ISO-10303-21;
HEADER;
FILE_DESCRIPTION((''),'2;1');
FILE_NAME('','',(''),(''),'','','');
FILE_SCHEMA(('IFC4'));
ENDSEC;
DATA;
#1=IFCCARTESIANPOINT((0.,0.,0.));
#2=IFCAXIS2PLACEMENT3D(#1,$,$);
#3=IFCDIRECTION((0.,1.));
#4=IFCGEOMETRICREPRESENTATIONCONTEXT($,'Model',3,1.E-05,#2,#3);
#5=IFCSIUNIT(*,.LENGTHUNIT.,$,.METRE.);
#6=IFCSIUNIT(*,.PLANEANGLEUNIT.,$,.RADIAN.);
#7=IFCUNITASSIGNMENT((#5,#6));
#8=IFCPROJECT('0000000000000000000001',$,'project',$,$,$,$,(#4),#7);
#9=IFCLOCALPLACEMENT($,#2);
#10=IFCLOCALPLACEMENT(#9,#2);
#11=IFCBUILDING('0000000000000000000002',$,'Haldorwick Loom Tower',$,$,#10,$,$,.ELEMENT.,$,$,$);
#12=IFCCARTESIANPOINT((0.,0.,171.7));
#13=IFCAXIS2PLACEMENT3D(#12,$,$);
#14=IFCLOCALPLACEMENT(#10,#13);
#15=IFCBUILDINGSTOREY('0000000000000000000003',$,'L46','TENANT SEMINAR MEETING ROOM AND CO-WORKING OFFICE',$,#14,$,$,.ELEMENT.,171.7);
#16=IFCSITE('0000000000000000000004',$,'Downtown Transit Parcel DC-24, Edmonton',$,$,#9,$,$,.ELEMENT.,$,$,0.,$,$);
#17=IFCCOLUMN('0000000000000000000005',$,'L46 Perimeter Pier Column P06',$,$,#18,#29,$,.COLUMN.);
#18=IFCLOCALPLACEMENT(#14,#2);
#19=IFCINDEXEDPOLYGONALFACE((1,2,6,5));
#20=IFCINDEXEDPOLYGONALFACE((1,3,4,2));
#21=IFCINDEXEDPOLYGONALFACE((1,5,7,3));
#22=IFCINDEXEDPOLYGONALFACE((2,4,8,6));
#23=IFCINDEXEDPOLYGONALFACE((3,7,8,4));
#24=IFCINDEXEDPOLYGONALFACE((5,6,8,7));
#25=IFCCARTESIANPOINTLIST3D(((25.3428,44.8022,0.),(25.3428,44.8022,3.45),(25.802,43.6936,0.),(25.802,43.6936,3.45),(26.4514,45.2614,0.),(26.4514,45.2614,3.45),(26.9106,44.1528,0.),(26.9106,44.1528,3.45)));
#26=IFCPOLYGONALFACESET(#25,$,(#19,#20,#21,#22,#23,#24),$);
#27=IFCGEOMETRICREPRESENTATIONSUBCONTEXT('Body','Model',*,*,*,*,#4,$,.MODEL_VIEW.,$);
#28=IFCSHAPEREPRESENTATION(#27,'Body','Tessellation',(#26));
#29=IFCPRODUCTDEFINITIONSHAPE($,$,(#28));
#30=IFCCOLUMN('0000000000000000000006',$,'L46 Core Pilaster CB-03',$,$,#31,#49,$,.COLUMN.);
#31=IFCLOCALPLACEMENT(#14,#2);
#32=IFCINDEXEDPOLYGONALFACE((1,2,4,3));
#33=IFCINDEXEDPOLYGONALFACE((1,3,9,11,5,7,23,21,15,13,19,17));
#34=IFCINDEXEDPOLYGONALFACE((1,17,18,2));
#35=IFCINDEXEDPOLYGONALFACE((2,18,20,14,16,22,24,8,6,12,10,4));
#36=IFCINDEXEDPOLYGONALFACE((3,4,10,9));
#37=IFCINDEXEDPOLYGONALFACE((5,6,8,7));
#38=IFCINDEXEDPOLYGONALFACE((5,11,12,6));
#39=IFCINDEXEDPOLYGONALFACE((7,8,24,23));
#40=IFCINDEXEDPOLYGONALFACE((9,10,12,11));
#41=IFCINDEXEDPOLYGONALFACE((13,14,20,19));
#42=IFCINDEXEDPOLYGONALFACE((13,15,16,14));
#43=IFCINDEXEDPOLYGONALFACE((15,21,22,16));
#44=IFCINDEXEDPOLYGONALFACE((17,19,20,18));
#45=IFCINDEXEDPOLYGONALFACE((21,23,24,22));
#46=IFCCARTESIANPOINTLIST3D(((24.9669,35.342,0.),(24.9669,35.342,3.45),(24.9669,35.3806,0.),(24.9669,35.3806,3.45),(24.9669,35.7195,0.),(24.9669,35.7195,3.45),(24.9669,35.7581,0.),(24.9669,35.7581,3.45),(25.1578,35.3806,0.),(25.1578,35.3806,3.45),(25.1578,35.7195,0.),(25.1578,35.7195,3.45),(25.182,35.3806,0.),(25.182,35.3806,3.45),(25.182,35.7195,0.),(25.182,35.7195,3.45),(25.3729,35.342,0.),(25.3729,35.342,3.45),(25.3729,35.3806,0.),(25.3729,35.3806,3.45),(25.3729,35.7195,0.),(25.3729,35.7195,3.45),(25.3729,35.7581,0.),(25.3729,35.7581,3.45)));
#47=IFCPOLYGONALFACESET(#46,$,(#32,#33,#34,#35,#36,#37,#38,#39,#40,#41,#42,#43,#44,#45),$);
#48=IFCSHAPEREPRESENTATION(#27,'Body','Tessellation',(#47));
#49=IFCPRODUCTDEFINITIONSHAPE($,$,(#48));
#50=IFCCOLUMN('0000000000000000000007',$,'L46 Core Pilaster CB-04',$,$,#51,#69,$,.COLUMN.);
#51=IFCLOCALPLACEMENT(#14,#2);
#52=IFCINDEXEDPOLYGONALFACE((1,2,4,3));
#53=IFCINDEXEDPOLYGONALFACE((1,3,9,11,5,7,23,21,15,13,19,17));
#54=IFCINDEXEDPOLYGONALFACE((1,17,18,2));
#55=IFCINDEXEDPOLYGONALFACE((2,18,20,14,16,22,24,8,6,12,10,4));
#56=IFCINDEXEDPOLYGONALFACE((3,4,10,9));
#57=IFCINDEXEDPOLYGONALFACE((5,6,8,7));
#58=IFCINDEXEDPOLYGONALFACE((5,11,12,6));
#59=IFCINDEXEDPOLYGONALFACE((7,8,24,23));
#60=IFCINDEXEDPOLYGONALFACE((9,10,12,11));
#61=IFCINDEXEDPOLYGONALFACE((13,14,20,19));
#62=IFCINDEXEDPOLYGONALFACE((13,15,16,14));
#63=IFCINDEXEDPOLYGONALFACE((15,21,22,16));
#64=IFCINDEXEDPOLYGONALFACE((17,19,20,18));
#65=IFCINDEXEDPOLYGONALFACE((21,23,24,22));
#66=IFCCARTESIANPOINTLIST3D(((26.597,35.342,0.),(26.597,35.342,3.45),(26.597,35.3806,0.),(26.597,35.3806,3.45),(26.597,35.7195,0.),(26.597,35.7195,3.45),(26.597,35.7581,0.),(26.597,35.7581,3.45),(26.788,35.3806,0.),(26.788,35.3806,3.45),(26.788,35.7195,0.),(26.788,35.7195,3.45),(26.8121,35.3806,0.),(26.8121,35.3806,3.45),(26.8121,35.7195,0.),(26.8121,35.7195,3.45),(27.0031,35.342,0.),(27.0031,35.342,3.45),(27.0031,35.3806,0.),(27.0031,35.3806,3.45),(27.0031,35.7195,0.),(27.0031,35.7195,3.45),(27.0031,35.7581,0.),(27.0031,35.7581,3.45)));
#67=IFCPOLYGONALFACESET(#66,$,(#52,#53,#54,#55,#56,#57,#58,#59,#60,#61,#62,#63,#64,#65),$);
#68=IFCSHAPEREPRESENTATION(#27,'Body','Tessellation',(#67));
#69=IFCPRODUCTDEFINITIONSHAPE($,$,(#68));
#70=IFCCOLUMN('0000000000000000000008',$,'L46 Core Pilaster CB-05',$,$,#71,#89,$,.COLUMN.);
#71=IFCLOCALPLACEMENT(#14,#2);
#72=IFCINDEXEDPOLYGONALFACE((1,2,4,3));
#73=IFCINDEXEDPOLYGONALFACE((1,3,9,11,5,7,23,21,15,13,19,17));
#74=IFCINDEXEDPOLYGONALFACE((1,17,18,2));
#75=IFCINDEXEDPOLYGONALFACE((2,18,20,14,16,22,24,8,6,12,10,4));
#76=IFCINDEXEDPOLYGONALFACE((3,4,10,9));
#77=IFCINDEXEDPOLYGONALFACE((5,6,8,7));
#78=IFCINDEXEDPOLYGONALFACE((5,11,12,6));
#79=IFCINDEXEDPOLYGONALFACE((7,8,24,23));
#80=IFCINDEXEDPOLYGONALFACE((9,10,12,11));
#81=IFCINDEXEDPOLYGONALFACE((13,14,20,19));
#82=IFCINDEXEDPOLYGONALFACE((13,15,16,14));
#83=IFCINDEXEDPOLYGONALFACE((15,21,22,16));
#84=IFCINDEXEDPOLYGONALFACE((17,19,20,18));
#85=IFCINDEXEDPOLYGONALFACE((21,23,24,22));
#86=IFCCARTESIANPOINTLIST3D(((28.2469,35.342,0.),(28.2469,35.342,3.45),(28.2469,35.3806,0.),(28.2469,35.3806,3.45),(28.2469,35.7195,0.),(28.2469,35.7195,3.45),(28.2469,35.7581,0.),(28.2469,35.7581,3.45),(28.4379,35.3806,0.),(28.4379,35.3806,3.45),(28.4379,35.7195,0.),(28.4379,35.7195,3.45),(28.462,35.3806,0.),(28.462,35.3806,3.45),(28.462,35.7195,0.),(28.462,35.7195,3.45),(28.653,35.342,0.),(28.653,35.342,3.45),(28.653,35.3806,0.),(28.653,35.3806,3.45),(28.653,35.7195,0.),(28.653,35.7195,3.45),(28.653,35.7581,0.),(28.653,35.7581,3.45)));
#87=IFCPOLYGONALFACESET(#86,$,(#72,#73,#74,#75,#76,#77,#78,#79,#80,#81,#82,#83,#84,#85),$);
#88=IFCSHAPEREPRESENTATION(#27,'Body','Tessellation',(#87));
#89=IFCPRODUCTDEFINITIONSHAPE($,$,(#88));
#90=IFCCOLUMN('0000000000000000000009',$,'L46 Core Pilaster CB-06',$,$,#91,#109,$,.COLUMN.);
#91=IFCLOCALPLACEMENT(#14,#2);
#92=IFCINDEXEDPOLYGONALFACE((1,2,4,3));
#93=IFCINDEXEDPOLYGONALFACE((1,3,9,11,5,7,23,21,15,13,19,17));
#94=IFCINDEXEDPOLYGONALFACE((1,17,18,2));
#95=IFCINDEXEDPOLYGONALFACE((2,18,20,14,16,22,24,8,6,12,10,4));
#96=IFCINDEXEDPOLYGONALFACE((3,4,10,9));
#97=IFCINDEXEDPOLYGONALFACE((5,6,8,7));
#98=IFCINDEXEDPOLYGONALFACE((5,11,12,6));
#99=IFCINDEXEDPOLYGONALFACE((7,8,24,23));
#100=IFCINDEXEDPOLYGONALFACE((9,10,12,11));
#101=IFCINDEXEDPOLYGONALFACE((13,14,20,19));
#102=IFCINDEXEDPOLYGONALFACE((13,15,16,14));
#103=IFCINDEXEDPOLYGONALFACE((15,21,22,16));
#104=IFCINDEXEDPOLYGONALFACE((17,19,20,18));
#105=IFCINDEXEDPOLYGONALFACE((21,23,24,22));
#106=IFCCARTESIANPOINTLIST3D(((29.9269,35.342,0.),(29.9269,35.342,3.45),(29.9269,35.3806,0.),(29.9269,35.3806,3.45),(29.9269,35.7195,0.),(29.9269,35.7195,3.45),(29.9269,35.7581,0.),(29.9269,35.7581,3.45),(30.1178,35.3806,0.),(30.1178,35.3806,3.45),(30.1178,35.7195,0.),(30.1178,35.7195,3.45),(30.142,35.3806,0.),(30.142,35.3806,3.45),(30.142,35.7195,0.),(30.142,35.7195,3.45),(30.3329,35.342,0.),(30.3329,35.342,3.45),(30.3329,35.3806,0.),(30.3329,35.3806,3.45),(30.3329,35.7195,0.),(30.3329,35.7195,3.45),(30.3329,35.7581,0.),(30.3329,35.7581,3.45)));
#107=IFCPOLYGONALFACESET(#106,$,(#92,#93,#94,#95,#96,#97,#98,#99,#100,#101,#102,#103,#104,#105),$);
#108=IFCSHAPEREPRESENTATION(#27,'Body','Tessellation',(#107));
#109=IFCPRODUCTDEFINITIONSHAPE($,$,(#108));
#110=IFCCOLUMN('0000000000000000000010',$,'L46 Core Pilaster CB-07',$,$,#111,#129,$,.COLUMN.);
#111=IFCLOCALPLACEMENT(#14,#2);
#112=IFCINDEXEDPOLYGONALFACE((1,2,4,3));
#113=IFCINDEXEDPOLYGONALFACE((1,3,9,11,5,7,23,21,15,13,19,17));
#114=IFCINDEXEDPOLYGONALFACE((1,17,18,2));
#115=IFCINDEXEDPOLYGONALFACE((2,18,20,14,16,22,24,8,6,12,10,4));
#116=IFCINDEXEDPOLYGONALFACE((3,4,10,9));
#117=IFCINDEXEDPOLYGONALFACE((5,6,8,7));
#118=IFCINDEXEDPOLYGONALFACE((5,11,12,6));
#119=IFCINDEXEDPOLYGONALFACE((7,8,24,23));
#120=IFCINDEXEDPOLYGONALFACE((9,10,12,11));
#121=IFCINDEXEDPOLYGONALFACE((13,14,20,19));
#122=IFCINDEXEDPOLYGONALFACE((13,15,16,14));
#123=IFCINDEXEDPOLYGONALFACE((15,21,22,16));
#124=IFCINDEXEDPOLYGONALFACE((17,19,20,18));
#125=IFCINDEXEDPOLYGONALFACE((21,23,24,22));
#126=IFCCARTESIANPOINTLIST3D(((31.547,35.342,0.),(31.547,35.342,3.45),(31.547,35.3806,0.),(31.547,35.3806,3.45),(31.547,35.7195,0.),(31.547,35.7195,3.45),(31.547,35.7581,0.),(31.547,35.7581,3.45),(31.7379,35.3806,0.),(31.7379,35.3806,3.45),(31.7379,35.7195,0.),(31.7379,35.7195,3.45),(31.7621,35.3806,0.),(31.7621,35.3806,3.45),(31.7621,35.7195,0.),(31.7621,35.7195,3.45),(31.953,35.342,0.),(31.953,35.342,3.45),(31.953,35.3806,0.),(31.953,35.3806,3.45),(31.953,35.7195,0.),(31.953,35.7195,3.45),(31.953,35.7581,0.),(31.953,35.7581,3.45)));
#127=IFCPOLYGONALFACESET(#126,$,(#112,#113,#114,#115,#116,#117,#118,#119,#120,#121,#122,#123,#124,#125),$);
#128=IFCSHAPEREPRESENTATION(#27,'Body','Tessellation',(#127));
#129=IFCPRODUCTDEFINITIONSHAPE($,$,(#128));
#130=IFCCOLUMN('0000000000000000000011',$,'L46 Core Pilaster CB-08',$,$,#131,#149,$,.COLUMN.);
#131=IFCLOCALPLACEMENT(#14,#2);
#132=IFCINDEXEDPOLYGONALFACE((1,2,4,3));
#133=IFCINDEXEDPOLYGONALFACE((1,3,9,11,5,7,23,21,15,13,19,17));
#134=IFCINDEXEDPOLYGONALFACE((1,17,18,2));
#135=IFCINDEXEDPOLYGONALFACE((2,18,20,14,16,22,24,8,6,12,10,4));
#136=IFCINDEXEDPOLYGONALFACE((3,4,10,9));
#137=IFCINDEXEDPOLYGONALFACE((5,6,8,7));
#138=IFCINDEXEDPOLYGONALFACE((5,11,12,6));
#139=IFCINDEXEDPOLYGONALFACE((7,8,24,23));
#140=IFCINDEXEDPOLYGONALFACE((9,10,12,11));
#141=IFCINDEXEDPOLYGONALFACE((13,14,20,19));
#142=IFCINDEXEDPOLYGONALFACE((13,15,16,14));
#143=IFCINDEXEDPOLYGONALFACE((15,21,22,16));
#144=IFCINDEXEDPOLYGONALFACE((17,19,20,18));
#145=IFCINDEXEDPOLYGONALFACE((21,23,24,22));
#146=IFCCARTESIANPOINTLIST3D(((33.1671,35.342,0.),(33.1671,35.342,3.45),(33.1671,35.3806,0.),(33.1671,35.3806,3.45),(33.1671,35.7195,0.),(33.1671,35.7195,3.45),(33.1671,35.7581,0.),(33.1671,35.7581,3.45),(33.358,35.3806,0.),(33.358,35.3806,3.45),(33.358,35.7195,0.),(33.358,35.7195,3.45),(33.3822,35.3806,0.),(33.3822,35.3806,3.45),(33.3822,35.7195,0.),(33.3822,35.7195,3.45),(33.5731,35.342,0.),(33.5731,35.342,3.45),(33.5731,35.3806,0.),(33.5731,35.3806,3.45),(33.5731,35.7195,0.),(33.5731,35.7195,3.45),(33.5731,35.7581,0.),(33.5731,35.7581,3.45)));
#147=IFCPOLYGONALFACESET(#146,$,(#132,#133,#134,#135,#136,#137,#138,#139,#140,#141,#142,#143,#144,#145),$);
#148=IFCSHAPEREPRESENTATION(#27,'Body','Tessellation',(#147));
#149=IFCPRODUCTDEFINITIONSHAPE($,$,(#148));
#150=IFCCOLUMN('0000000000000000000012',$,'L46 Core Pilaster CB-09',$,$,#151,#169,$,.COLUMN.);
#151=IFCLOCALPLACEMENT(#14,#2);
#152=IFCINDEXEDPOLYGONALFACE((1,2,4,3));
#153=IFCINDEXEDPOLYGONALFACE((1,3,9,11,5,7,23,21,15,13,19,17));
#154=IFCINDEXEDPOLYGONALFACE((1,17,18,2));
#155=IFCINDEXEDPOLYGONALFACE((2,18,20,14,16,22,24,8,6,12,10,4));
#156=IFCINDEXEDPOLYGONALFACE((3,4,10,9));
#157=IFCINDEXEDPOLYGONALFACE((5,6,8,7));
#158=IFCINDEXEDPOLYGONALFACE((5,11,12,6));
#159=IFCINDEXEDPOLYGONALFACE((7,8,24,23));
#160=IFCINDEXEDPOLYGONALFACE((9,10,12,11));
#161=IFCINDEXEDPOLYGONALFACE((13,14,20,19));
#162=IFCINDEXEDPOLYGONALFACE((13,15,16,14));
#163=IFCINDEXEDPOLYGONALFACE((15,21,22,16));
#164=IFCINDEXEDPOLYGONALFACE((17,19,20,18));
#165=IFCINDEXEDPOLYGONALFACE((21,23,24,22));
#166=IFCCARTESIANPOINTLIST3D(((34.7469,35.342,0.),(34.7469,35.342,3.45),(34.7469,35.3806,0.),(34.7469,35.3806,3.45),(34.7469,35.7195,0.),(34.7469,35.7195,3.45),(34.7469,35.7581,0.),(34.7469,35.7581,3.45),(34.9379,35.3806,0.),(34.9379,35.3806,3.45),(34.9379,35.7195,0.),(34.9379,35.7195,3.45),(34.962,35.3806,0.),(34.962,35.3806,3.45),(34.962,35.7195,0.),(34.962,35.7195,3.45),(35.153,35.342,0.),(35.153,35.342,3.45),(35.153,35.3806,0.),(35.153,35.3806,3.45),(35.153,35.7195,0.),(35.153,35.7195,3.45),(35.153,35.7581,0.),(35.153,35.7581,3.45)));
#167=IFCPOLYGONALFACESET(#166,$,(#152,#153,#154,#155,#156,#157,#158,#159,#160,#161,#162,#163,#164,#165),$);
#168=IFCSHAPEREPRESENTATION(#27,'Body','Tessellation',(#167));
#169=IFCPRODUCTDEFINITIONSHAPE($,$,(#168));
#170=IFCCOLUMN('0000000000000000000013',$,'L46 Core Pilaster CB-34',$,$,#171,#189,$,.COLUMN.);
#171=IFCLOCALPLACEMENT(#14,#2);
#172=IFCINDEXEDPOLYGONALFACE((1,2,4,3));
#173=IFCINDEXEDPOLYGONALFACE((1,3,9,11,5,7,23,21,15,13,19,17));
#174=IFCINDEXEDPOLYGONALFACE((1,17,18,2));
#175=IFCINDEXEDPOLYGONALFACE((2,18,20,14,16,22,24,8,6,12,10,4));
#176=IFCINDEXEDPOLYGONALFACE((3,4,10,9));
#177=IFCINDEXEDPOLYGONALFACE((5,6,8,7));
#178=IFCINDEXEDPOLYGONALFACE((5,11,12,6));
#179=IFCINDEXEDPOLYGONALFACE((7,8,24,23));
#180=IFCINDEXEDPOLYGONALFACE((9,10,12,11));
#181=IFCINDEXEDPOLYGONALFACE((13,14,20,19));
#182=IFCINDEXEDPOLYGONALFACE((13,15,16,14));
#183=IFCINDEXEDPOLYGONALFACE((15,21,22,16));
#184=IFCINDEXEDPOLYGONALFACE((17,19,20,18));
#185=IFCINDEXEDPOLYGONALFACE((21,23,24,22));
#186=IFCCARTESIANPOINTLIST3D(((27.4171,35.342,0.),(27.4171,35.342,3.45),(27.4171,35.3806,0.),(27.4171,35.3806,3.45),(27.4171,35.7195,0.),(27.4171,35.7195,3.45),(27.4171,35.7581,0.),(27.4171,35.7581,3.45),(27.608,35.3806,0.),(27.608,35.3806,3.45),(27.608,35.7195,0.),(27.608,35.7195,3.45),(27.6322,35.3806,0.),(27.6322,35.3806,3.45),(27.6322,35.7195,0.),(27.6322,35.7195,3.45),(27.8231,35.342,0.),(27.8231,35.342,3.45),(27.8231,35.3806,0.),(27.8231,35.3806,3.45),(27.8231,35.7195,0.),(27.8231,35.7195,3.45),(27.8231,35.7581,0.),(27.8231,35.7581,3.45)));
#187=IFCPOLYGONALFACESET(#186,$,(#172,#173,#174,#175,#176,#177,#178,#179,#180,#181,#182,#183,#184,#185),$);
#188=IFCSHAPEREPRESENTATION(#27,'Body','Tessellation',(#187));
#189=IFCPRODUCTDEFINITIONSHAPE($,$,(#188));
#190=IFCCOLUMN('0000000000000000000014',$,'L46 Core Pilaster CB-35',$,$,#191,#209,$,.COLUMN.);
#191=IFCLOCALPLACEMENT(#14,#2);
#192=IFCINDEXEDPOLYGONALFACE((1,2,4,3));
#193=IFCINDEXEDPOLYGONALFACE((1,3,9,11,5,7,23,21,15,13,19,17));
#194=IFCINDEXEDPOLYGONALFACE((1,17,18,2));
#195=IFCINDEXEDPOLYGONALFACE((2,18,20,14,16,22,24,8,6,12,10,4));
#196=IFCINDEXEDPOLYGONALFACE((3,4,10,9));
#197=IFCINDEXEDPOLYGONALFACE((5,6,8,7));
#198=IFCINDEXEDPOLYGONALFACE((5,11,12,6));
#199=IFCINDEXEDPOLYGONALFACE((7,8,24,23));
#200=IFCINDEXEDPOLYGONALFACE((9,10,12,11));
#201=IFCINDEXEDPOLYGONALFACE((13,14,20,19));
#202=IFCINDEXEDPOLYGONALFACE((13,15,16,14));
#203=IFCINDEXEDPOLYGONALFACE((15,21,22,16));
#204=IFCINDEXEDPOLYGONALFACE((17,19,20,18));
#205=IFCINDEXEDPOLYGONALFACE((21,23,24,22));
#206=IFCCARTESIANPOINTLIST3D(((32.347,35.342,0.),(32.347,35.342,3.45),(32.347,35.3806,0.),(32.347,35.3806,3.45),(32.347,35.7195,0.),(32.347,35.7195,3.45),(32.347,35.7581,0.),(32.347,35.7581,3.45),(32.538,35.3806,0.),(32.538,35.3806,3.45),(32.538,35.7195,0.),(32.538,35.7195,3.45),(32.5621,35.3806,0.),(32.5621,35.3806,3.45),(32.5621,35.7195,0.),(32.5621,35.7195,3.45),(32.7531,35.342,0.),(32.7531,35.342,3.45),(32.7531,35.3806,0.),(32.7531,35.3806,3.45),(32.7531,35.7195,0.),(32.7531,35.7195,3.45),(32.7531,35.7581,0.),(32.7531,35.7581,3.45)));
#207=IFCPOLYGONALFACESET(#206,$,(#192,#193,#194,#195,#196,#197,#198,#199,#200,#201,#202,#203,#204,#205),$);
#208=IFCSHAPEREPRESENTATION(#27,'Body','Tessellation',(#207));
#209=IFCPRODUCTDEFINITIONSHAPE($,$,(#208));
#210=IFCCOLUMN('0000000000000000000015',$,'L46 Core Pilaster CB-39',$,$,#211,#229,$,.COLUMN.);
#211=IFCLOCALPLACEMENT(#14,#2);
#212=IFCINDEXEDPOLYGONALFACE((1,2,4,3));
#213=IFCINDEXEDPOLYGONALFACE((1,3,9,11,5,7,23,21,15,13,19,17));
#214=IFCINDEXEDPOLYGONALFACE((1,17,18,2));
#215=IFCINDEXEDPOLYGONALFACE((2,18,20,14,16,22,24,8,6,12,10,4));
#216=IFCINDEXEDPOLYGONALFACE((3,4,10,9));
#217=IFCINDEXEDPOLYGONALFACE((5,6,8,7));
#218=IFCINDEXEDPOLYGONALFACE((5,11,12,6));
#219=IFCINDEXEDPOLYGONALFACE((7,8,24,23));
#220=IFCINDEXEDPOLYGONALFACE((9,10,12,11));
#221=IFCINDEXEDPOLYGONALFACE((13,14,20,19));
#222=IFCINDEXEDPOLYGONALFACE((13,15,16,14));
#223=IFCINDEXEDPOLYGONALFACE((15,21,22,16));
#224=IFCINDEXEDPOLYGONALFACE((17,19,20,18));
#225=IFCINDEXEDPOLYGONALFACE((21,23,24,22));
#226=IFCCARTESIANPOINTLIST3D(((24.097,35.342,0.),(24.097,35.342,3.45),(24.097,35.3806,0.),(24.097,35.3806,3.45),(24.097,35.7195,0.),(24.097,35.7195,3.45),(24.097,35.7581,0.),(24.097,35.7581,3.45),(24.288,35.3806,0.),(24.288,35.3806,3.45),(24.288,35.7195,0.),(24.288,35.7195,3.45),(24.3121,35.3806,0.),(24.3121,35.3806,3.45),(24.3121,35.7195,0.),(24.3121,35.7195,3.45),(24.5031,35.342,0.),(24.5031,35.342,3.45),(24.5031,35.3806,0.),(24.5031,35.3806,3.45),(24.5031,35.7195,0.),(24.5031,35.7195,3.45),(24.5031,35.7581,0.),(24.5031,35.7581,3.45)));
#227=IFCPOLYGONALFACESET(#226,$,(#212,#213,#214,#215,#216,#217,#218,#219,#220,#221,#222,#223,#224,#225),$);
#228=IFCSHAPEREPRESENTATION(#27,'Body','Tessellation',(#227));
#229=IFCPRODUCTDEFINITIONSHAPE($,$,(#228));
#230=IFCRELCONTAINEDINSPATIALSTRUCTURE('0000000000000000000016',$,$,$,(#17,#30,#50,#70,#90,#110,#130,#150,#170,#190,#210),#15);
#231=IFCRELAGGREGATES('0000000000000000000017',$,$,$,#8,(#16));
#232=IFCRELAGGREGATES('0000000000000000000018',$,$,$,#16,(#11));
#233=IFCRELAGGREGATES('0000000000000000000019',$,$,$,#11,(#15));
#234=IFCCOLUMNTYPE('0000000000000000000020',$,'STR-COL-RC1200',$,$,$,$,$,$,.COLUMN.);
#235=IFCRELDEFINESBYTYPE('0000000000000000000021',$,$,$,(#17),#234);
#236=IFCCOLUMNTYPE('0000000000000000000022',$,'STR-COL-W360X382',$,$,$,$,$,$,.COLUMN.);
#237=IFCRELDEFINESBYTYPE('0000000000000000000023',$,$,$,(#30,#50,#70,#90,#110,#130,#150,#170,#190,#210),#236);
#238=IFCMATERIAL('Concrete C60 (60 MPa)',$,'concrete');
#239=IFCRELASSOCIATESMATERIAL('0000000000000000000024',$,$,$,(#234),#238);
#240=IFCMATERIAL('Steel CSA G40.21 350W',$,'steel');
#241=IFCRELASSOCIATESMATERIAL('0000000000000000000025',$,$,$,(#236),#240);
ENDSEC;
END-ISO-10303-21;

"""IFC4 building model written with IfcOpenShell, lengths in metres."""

from ifc_helpers import new_model, si_unit, direction, frame, origin, origin_2d, place, context, subcontext, project, spatial, rectangle, i_section, extrude, material, material_profile, profile_set, type_object, element, save


model = new_model("IFC4")

# Units and contexts
model_context = context("Model", 3, precision=1e-05, world=origin(), true_north=direction((0.0, 1.0)))
body_context = subcontext(model_context, "Body", "Model", "MODEL_VIEW")
ifc_project = project(units=[si_unit("LENGTHUNIT", "METRE"), si_unit("PLANEANGLEUNIT", "RADIAN")], contexts=[model_context])

# Site, building, storey
site_placement = place(None, origin())
site = spatial("IfcSite", under=ifc_project, at=site_placement, Name="Downtown Transit Parcel DC-24, Edmonton", CompositionType="ELEMENT", RefElevation=0.0)
building_placement = place(site_placement, origin())
building = spatial("IfcBuilding", under=site, at=building_placement, Name="Haldorwick Loom Tower", CompositionType="ELEMENT")
storey_placement = place(building_placement, frame((0.0, 0.0, 171.7)))
storey = spatial("IfcBuildingStorey", under=building, at=storey_placement, Name="L46", Description="TENANT SEMINAR MEETING ROOM AND CO-WORKING OFFICE", CompositionType="ELEMENT", Elevation=171.7)

# Columns
ifc_material_1 = material(Name="Concrete C60 (60 MPa)", Category="concrete")
ifc_material_profile_1 = material_profile(ifc_material_1, rectangle(XDim=1.2, YDim=1.2, at=origin_2d()), Name="RC1200X1200", Category="concrete")
ifc_profile_set_1 = profile_set([ifc_material_profile_1], Name="Concrete C60 (60 MPa)")
column_type_1 = type_object("IfcColumnType", Name="STR-COL-RC1200", PredefinedType="COLUMN", material=ifc_profile_set_1)
column_placement = place(storey_placement, frame((26.1267, 44.4775, 0.0), z_axis=(0.0, 0.0, 1.0), x_axis=(-0.382683, 0.92388, 0.0)))
element("IfcColumn", 1, at=column_placement, inside=storey, type_object=column_type_1, Name="L46 Perimeter Pier Column P06", PredefinedType="COLUMN", context=body_context, shape_type="SweptSolid", body=[
    extrude(rectangle(XDim=1.2, YDim=1.2, at=origin_2d()), origin(), (0.0, 0.0, 1.0), 3.45),
])
ifc_material_2 = material(Name="Steel CSA G40.21 350W", Category="steel")
ifc_material_profile_2 = material_profile(ifc_material_2, i_section(OverallWidth=0.406, OverallDepth=0.416, WebThickness=0.0242, FlangeThickness=0.0386, at=origin_2d()), Name="W360X382", Category="steel")
ifc_profile_set_2 = profile_set([ifc_material_profile_2], Name="Steel CSA G40.21 350W")
column_type_2 = type_object("IfcColumnType", Name="STR-COL-W360X382", PredefinedType="COLUMN", material=ifc_profile_set_2)
for number, where, z_axis, x_axis, name in (
    (2, (25.1699, 35.55, 0.0), (0.0, 0.0, 1.0), (1.0, 0.0, 0.0), "L46 Core Pilaster CB-03"),
    (3, (26.8, 35.55, 0.0), (0.0, 0.0, 1.0), (1.0, 0.0, 0.0), "L46 Core Pilaster CB-04"),
    (4, (28.45, 35.55, 0.0), (0.0, 0.0, 1.0), (1.0, 0.0, 0.0), "L46 Core Pilaster CB-05"),
    (5, (30.1299, 35.55, 0.0), (0.0, 0.0, 1.0), (1.0, 0.0, 0.0), "L46 Core Pilaster CB-06"),
    (6, (31.75, 35.55, 0.0), (0.0, 0.0, 1.0), (1.0, 0.0, 0.0), "L46 Core Pilaster CB-07"),
    (7, (33.3701, 35.55, 0.0), (0.0, 0.0, 1.0), (1.0, 0.0, 0.0), "L46 Core Pilaster CB-08"),
    (8, (34.95, 35.55, 0.0), (0.0, 0.0, 1.0), (1.0, 0.0, 0.0), "L46 Core Pilaster CB-09"),
    (9, (27.6201, 35.55, 0.0), (0.0, 0.0, 1.0), (1.0, 0.0, 0.0), "L46 Core Pilaster CB-34"),
    (10, (32.55, 35.55, 0.0), (0.0, 0.0, 1.0), (1.0, 0.0, 0.0), "L46 Core Pilaster CB-35"),
    (11, (24.3, 35.55, 0.0), (0.0, 0.0, 1.0), (1.0, 0.0, 0.0), "L46 Core Pilaster CB-39"),
):
    element("IfcColumn", number, at=place(storey_placement, frame(where, z_axis=z_axis, x_axis=x_axis)), inside=storey, type_object=column_type_2, Name=name, PredefinedType="COLUMN", context=body_context, shape_type="SweptSolid", body=[
        extrude(i_section(OverallWidth=0.406, OverallDepth=0.416, WebThickness=0.0242, FlangeThickness=0.0386, at=origin_2d()), origin(), (0.0, 0.0, 1.0), 3.45),
    ])

save(model, "model.ifc")
